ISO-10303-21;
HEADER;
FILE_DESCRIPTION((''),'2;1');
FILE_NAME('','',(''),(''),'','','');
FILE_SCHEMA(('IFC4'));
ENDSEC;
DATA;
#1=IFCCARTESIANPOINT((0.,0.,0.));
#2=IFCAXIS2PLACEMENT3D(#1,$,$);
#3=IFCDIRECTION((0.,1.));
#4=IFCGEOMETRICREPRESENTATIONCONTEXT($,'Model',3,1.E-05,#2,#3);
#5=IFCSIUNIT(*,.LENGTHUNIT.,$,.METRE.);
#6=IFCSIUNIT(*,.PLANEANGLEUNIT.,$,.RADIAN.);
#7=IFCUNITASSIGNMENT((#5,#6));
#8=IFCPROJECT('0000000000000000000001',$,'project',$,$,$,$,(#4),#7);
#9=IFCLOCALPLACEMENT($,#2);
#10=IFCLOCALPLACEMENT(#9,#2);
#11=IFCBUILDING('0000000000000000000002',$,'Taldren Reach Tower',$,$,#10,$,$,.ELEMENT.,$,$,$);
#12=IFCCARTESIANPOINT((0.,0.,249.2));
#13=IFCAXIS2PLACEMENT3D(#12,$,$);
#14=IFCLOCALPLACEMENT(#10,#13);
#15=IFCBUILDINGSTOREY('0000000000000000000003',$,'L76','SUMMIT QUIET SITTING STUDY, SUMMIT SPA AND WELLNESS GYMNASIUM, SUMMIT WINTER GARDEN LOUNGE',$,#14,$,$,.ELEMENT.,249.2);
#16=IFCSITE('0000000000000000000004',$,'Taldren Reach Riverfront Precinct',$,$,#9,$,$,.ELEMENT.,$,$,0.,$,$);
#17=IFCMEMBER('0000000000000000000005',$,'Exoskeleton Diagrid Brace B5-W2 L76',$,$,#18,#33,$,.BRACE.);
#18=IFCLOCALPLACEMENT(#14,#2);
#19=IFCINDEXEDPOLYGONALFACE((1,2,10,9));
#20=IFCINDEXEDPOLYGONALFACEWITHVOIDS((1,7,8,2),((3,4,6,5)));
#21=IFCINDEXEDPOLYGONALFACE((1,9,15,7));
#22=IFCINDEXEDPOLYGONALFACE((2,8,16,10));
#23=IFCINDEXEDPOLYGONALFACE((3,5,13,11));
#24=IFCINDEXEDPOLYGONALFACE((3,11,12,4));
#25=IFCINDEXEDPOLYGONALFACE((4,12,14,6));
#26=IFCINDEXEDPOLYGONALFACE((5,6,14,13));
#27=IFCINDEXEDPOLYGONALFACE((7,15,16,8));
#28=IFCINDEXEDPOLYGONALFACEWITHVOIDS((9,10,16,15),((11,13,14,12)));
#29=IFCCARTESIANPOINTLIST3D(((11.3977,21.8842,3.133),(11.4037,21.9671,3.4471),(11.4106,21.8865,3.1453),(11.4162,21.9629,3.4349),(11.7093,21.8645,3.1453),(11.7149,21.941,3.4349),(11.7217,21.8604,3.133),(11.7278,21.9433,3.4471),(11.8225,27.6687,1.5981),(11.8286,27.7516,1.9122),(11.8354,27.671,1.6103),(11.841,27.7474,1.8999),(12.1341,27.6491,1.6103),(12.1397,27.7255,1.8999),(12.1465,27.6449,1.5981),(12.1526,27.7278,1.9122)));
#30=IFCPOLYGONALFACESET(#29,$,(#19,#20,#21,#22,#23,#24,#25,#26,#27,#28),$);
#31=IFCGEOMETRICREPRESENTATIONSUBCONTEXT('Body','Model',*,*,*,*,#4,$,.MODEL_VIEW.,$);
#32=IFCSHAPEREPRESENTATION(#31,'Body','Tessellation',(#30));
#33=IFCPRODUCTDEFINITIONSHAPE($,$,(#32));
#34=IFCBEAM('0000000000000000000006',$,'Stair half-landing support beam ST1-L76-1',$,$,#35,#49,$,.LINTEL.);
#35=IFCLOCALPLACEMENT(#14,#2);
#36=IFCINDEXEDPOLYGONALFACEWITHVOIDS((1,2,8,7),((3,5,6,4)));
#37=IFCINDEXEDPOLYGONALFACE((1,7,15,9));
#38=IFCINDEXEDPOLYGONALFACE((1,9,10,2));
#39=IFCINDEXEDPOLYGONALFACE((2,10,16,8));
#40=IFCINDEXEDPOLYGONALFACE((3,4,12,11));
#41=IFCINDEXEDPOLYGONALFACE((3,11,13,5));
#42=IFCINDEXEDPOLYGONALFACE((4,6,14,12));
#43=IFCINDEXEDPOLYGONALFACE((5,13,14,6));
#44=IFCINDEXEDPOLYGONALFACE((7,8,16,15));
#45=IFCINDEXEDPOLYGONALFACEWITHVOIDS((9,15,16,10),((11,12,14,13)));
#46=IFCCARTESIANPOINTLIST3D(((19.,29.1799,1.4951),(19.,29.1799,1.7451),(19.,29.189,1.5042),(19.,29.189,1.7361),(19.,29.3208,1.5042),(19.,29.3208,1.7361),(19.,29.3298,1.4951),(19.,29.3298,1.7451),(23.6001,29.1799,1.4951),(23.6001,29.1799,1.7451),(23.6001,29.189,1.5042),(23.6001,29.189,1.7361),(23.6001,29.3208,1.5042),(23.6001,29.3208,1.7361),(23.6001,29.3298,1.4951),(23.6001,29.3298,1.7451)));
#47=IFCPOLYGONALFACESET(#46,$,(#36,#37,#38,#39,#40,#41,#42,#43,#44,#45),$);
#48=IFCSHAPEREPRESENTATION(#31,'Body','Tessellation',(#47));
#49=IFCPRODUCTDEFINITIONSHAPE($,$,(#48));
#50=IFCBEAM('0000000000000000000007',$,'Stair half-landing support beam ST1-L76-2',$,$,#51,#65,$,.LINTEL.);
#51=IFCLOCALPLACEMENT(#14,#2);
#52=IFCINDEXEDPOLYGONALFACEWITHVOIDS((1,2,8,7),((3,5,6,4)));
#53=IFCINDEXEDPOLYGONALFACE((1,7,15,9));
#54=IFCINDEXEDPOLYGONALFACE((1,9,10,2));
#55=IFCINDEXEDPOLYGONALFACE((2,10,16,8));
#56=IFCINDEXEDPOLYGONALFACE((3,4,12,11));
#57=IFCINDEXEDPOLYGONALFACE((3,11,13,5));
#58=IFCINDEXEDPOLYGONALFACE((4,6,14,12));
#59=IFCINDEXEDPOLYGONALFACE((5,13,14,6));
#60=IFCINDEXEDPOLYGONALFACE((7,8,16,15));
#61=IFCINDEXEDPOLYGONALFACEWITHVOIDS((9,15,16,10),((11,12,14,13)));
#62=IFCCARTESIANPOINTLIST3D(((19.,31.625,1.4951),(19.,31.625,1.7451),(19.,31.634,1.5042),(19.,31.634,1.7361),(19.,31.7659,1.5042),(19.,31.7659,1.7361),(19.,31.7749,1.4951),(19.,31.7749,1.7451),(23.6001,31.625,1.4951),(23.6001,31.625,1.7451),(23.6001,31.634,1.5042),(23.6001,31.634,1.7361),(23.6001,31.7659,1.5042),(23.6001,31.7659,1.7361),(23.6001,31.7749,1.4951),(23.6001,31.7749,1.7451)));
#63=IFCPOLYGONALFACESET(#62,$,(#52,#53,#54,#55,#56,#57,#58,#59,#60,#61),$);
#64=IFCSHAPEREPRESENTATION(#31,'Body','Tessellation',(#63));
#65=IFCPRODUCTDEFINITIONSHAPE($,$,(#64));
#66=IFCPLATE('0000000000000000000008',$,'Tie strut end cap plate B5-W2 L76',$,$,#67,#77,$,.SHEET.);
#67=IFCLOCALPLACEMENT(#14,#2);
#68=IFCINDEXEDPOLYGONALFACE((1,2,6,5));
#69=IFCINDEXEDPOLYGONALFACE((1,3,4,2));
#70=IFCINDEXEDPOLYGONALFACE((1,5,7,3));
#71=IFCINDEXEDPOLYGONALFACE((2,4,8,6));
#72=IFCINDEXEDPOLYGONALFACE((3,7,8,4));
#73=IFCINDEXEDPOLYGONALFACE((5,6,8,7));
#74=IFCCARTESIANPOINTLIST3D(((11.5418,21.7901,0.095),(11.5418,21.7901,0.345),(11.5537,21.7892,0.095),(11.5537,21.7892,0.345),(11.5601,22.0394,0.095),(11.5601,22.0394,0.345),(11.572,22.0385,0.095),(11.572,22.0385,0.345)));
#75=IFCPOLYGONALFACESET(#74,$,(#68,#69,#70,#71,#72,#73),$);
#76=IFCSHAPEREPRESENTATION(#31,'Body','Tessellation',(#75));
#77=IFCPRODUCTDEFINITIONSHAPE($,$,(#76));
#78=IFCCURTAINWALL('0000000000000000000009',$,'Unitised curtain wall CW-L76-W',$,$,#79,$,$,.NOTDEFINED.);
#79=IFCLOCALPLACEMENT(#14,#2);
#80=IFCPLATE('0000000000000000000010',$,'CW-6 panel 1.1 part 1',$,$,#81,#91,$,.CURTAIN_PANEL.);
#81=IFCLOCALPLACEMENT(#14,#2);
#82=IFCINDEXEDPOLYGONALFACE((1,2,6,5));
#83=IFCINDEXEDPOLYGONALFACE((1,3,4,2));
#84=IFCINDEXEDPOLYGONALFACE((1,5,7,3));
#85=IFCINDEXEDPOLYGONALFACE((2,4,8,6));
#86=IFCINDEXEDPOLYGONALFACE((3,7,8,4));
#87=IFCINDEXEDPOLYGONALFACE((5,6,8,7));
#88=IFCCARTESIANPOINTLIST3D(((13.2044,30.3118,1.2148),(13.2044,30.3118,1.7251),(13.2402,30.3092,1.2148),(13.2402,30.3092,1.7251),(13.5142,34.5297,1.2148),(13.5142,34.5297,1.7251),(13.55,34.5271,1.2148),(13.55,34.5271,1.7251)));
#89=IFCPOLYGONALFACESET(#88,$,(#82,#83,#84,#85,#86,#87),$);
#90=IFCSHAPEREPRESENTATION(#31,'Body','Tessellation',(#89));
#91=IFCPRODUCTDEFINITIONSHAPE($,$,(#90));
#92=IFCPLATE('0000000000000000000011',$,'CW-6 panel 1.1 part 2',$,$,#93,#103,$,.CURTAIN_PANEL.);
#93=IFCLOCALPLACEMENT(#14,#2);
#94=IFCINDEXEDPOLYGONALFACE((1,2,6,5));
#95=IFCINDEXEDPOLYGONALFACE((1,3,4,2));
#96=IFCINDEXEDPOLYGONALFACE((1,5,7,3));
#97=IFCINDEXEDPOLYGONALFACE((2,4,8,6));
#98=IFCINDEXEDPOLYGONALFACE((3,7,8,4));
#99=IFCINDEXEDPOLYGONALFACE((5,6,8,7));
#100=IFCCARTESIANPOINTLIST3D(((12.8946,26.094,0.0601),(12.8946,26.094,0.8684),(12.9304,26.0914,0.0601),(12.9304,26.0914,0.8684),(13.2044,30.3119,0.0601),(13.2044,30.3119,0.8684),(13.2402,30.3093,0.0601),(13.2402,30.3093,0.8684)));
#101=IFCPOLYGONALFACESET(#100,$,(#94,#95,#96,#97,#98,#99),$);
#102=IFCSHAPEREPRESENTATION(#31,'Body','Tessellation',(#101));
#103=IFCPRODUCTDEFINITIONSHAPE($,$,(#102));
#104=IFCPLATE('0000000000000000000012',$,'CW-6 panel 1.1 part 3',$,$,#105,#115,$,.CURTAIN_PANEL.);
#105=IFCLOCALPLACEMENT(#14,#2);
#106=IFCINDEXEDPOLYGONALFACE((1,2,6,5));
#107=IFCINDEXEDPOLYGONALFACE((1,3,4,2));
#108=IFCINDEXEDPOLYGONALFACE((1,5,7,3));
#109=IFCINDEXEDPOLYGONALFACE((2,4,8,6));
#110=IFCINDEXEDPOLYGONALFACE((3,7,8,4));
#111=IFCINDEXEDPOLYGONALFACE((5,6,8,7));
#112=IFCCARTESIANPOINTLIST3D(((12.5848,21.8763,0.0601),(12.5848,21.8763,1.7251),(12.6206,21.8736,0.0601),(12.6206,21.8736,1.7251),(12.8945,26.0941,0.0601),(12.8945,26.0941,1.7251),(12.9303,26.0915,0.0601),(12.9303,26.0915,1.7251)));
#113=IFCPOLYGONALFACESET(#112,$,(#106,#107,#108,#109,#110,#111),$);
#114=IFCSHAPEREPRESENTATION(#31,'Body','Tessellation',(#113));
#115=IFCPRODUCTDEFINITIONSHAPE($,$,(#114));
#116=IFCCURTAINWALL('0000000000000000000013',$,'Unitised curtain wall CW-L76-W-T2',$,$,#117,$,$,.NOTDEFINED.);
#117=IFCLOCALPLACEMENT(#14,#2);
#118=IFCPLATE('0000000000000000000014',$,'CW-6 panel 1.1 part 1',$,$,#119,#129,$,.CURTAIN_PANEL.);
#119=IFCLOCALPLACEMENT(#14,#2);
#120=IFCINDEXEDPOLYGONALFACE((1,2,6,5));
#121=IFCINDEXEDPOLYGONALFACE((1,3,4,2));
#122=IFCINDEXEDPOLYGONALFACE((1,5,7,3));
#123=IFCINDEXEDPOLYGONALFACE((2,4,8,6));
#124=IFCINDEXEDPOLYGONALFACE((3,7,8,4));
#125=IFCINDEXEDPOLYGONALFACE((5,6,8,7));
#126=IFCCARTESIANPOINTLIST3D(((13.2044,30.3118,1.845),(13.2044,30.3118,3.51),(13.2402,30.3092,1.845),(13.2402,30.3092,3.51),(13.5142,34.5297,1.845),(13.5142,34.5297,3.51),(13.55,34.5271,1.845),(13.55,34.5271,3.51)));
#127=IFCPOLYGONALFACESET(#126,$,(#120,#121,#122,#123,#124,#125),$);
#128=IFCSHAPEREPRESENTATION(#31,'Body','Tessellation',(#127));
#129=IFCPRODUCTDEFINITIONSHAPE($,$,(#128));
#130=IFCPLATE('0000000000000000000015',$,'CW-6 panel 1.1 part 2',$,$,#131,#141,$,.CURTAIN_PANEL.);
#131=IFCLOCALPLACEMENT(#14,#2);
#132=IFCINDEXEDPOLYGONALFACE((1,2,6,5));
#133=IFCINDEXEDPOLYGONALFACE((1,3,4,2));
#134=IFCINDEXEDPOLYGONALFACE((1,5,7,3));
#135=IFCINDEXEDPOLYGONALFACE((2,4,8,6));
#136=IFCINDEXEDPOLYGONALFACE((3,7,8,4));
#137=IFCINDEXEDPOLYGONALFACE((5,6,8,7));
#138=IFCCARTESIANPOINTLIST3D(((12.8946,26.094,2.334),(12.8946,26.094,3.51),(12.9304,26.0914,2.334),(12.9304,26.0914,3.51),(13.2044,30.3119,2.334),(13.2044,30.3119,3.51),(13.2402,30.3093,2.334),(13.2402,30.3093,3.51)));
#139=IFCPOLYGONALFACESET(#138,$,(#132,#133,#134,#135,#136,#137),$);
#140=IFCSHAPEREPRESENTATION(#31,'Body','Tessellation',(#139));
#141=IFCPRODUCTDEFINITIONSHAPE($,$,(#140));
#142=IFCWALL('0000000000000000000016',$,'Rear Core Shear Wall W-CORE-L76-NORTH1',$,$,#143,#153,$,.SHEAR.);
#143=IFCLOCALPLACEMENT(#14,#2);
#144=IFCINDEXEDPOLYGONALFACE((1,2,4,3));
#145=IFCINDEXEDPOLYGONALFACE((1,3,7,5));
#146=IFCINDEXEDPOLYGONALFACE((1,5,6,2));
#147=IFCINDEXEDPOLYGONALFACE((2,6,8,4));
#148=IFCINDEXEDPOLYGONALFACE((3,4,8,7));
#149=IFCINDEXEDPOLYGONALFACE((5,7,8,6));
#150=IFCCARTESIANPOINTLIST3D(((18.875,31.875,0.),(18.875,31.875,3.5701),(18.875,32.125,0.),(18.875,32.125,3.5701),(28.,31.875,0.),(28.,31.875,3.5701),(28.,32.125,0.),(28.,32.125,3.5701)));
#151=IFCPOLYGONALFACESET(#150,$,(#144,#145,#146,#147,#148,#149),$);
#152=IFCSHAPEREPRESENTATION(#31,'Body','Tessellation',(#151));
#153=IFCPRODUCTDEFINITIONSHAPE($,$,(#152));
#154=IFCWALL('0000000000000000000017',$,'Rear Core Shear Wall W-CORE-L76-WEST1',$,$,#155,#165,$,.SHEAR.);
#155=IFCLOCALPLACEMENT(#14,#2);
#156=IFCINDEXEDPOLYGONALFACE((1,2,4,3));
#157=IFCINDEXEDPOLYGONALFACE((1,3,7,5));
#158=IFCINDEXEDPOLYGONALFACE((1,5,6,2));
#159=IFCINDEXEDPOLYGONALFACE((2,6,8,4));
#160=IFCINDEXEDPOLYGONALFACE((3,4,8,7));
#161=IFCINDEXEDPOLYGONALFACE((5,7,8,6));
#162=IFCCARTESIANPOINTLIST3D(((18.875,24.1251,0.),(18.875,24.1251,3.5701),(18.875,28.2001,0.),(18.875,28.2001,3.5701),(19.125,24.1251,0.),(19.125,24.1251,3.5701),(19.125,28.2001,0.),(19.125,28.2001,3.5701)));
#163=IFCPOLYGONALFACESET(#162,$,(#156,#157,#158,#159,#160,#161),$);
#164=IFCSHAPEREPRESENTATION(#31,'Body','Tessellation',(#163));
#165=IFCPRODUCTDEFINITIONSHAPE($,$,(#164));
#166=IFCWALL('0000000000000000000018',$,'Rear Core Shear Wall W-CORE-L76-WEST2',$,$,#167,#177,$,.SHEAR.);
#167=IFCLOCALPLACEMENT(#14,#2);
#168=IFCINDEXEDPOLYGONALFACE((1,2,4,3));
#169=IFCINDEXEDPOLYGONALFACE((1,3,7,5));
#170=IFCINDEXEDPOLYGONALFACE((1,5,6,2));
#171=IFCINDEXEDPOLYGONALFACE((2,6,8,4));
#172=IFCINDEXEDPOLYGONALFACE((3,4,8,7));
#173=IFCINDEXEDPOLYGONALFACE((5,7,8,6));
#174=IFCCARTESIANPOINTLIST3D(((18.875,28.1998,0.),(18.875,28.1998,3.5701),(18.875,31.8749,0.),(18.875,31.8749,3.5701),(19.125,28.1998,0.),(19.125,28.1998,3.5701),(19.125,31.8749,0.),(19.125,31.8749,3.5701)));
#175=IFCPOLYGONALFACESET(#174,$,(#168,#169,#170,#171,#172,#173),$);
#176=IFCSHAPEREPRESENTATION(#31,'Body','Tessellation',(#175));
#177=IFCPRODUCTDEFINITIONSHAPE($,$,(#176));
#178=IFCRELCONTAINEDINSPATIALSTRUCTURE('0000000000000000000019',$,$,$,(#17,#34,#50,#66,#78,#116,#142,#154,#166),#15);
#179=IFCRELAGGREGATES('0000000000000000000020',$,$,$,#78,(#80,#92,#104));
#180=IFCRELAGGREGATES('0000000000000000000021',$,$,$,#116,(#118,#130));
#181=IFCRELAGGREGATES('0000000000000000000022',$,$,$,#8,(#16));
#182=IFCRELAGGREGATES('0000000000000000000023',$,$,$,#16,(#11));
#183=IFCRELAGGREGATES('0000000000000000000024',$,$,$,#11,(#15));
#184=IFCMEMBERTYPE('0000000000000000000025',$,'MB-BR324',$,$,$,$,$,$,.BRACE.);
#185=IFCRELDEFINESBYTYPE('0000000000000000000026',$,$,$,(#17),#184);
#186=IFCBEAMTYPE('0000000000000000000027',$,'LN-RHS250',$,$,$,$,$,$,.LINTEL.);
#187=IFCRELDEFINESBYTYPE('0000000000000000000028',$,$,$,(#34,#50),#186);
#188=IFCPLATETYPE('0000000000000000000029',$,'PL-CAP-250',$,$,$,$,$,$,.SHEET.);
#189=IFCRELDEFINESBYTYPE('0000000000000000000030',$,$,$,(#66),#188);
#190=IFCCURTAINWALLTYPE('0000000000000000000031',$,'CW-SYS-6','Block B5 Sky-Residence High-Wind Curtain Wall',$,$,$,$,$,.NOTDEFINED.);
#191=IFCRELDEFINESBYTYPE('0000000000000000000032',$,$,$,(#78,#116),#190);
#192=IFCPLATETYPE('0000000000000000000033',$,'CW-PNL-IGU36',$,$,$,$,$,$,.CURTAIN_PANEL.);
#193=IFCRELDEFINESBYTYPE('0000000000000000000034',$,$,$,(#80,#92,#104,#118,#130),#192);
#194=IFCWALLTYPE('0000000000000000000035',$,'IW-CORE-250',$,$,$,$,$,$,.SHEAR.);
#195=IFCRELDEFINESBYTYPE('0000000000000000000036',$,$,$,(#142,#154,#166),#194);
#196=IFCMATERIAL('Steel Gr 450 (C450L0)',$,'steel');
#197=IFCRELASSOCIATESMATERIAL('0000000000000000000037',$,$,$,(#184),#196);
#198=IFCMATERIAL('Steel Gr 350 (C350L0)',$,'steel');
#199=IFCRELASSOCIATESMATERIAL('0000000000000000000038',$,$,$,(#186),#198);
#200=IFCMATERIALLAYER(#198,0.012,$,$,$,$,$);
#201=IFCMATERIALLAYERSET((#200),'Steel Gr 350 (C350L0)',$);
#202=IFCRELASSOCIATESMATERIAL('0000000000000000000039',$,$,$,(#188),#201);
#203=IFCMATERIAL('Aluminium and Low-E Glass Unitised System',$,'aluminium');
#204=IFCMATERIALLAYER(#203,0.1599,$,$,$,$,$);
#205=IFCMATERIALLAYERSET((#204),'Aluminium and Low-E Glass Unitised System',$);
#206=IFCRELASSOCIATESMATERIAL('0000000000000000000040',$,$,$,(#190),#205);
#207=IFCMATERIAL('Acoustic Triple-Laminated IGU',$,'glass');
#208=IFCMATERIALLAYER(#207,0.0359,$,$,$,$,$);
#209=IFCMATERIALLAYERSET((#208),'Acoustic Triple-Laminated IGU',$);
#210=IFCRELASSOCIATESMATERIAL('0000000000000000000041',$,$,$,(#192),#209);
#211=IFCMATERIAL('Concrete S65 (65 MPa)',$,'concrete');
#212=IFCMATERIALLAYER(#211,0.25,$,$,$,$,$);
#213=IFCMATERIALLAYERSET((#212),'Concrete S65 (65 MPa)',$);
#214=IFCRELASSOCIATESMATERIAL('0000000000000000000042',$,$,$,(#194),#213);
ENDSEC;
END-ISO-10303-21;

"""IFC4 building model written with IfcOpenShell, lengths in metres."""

from ifc_helpers import new_model, si_unit, direction, frame, frame_2d, origin, origin_2d, place, context, subcontext, project, spatial, rectangle, hollow_rectangle, extrude, source, transform, mapped, material, layer, layer_set, material_profile, profile_set, type_object, element, aggregate, save


model = new_model("IFC4")

# Units and contexts
model_context = context("Model", 3, precision=1e-05, world=origin(), true_north=direction((0.0, 1.0)))
body_context = subcontext(model_context, "Body", "Model", "MODEL_VIEW")
ifc_project = project(units=[si_unit("LENGTHUNIT", "METRE"), si_unit("PLANEANGLEUNIT", "RADIAN")], contexts=[model_context])

# Site, building, storey
site_placement = place(None, origin())
site = spatial("IfcSite", under=ifc_project, at=site_placement, Name="Taldren Reach Riverfront Precinct", CompositionType="ELEMENT", RefElevation=0.0)
building_placement = place(site_placement, origin())
building = spatial("IfcBuilding", under=site, at=building_placement, Name="Taldren Reach Tower", CompositionType="ELEMENT")
storey_placement = place(building_placement, frame((0.0, 0.0, 249.2)))
storey = spatial("IfcBuildingStorey", under=building, at=storey_placement, Name="L76", Description="SUMMIT QUIET SITTING STUDY, SUMMIT SPA AND WELLNESS GYMNASIUM, SUMMIT WINTER GARDEN LOUNGE", CompositionType="ELEMENT", Elevation=249.2)

# Shared definitions
ifc_material_1 = material(Name="Steel Gr 450 (C450L0)", Category="steel")

# Member
ifc_material_profile_1 = material_profile(ifc_material_1, hollow_rectangle(XDim=0.325, YDim=0.325, WallThickness=0.0127, at=origin_2d()), Name="325x325x12.7SHS")
ifc_profile_set_1 = profile_set([ifc_material_profile_1], Name="Steel Gr 450 (C450L0)")
member_type = type_object("IfcMemberType", Name="MB-BR324", PredefinedType="BRACE", material=ifc_profile_set_1)
shared_shape_1 = source(origin(), body_context, "Body", "SweptSolid", [
    extrude(hollow_rectangle(XDim=0.325, YDim=0.325, WallThickness=0.0127, at=origin_2d()), origin(), (0.0, 0.0, 1.0), 5.9998),
])
member_placement = place(storey_placement, frame((11.9875, 27.6982, 1.7551), z_axis=(-0.070805, -0.964125, 0.255833), x_axis=(0.997314, -0.073242, 0.0)))
element("IfcMember", 1, at=member_placement, inside=storey, type_object=member_type, Name="Exoskeleton Diagrid Brace B5-W2 L76", PredefinedType="BRACE", context=body_context, shape_type="MappedRepresentation", body=[
    mapped(shared_shape_1, transform((0.0, 0.0, 0.0), scale=1.0)),
])

# Beams
ifc_material_2 = material(Name="Steel Gr 350 (C350L0)", Category="steel")
ifc_material_profile_2 = material_profile(ifc_material_2, hollow_rectangle(XDim=0.1499, YDim=0.25, WallThickness=0.009, at=origin_2d()), Name="250x150x9.0RHS")
ifc_profile_set_2 = profile_set([ifc_material_profile_2], Name="Steel Gr 350 (C350L0)")
beam_type_1 = type_object("IfcBeamType", Name="LN-RHS250", PredefinedType="LINTEL", material=ifc_profile_set_2)
shared_shape_2 = source(origin(), body_context, "Body", "SweptSolid", [
    extrude(hollow_rectangle(XDim=0.1499, YDim=0.25, WallThickness=0.009, at=origin_2d()), origin(), (0.0, 0.0, 1.0), 4.6001),
])
for number, where, z_axis, x_axis, name in (
    (2, (19.0, 29.2549, 1.6201), (1.0, 0.0, 0.0), (0.0, 1.0, 0.0), "Stair half-landing support beam ST1-L76-1"),
    (3, (19.0, 31.7, 1.6201), (1.0, 0.0, 0.0), (0.0, 1.0, 0.0), "Stair half-landing support beam ST1-L76-2"),
):
    element("IfcBeam", number, at=place(storey_placement, frame(where, z_axis=z_axis, x_axis=x_axis)), inside=storey, type_object=beam_type_1, Name=name, PredefinedType="LINTEL", context=body_context, shape_type="MappedRepresentation", body=[
        mapped(shared_shape_2, transform((0.0, 0.0, 0.0), scale=1.0)),
    ])

# Plate
ifc_layer_1 = layer(ifc_material_2, 0.012)
ifc_layer_set_1 = layer_set([ifc_layer_1], Name="Steel Gr 350 (C350L0)")
plate_type_1 = type_object("IfcPlateType", Name="PL-CAP-250", PredefinedType="SHEET", material=ifc_layer_set_1)
shared_shape_3 = source(origin(), body_context, "Body", "SweptSolid", [
    extrude(rectangle(XDim=0.012, YDim=0.25, at=origin_2d()), origin(), (0.0, 0.0, 1.0), 0.25),
])
plate_1_placement = place(storey_placement, frame((11.5569, 21.9143, 0.095), z_axis=(0.0, 0.0, 1.0), x_axis=(0.997314, -0.073238, 0.0)))
element("IfcPlate", 4, at=plate_1_placement, inside=storey, type_object=plate_type_1, Name="Tie strut end cap plate B5-W2 L76", PredefinedType="SHEET", context=body_context, shape_type="MappedRepresentation", body=[
    mapped(shared_shape_3, transform((0.0, 0.0, 0.0), scale=1.0)),
])

# Curtain walls, plates
ifc_material_3 = material(Name="Aluminium and Low-E Glass Unitised System", Category="aluminium")
ifc_layer_2 = layer(ifc_material_3, 0.1599)
ifc_layer_set_2 = layer_set([ifc_layer_2], Name="Aluminium and Low-E Glass Unitised System")
curtain_wall_type = type_object("IfcCurtainWallType", Name="CW-SYS-6", Description="Block B5 Sky-Residence High-Wind Curtain Wall", PredefinedType="NOTDEFINED", material=ifc_layer_set_2)
curtain_wall_1_placement = place(storey_placement, origin())
curtain_wall_1 = element("IfcCurtainWall", 5, at=curtain_wall_1_placement, inside=storey, type_object=curtain_wall_type, Name="Unitised curtain wall CW-L76-W", PredefinedType="NOTDEFINED")
ifc_material_4 = material(Name="Acoustic Triple-Laminated IGU", Category="glass")
ifc_layer_3 = layer(ifc_material_4, 0.0359)
ifc_layer_set_3 = layer_set([ifc_layer_3], Name="Acoustic Triple-Laminated IGU")
plate_type_2 = type_object("IfcPlateType", Name="CW-PNL-IGU36", PredefinedType="CURTAIN_PANEL", material=ifc_layer_set_3)
shared_shape_4 = source(origin(), body_context, "Body", "SweptSolid", [
    extrude(rectangle(XDim=4.2292, YDim=0.0359, at=origin_2d()), origin(), (0.0, 0.0, 1.0), 0.5103),
])
plate_2_placement = place(storey_placement, frame((13.3772, 32.4194, 1.2148), z_axis=(0.0, 0.0, 1.0), x_axis=(-0.073238, -0.997314, 0.0)))
plate_2 = element("IfcPlate", 6, at=plate_2_placement, type_object=plate_type_2, Name="CW-6 panel 1.1 part 1", PredefinedType="CURTAIN_PANEL", context=body_context, shape_type="MappedRepresentation", body=[
    mapped(shared_shape_4, transform((0.0, 0.0, 0.0), scale=1.0)),
])
shared_shape_5 = source(origin(), body_context, "Body", "SweptSolid", [
    extrude(rectangle(XDim=4.2292, YDim=0.0359, at=origin_2d()), origin(), (0.0, 0.0, 1.0), 0.8083),
])
plate_3_placement = place(storey_placement, frame((13.0674, 28.2017, 0.0601), z_axis=(0.0, 0.0, 1.0), x_axis=(-0.073238, -0.997314, 0.0)))
plate_3 = element("IfcPlate", 7, at=plate_3_placement, type_object=plate_type_2, Name="CW-6 panel 1.1 part 2", PredefinedType="CURTAIN_PANEL", context=body_context, shape_type="MappedRepresentation", body=[
    mapped(shared_shape_5, transform((0.0, 0.0, 0.0), scale=1.0)),
])
shared_shape_6 = source(origin(), body_context, "Body", "SweptSolid", [
    extrude(rectangle(XDim=4.2292, YDim=0.0359, at=origin_2d()), origin(), (0.0, 0.0, 1.0), 1.665),
])
plate_4_placement = place(storey_placement, frame((12.7576, 23.9839, 0.0601), z_axis=(0.0, 0.0, 1.0), x_axis=(-0.073238, -0.997314, 0.0)))
plate_4 = element("IfcPlate", 8, at=plate_4_placement, type_object=plate_type_2, Name="CW-6 panel 1.1 part 3", PredefinedType="CURTAIN_PANEL", context=body_context, shape_type="MappedRepresentation", body=[
    mapped(shared_shape_6, transform((0.0, 0.0, 0.0), scale=1.0)),
])
aggregate(curtain_wall_1, [plate_2, plate_3, plate_4])
curtain_wall_2_placement = place(storey_placement, origin())
curtain_wall_2 = element("IfcCurtainWall", 9, at=curtain_wall_2_placement, inside=storey, type_object=curtain_wall_type, Name="Unitised curtain wall CW-L76-W-T2", PredefinedType="NOTDEFINED")
plate_5_placement = place(storey_placement, frame((13.3772, 32.4194, 1.845), z_axis=(0.0, 0.0, 1.0), x_axis=(-0.073238, -0.997314, 0.0)))
plate_5 = element("IfcPlate", 10, at=plate_5_placement, type_object=plate_type_2, Name="CW-6 panel 1.1 part 1", PredefinedType="CURTAIN_PANEL", context=body_context, shape_type="MappedRepresentation", body=[
    mapped(shared_shape_6, transform((0.0, 0.0, 0.0), scale=1.0)),
])
shared_shape_7 = source(origin(), body_context, "Body", "SweptSolid", [
    extrude(rectangle(XDim=4.2292, YDim=0.0359, at=origin_2d()), origin(), (0.0, 0.0, 1.0), 1.176),
])
plate_6_placement = place(storey_placement, frame((13.0674, 28.2017, 2.334), z_axis=(0.0, 0.0, 1.0), x_axis=(-0.073238, -0.997314, 0.0)))
plate_6 = element("IfcPlate", 11, at=plate_6_placement, type_object=plate_type_2, Name="CW-6 panel 1.1 part 2", PredefinedType="CURTAIN_PANEL", context=body_context, shape_type="MappedRepresentation", body=[
    mapped(shared_shape_7, transform((0.0, 0.0, 0.0), scale=1.0)),
])
aggregate(curtain_wall_2, [plate_5, plate_6])

# Walls
ifc_material_5 = material(Name="Concrete S65 (65 MPa)", Category="concrete")
ifc_layer_4 = layer(ifc_material_5, 0.25)
ifc_layer_set_4 = layer_set([ifc_layer_4], Name="Concrete S65 (65 MPa)")
wall_type_1 = type_object("IfcWallType", Name="IW-CORE-250", PredefinedType="SHEAR", material=ifc_layer_set_4)
shared_shape_8 = source(origin(), body_context, "Body", "SweptSolid", [
    extrude(rectangle(XDim=9.125, YDim=0.25, at=frame_2d((4.5625, 0.0))), origin(), (0.0, 0.0, 1.0), 3.5701),
])
wall_1_placement = place(storey_placement, frame((18.875, 32.0, 0.0), z_axis=(0.0, 0.0, 1.0), x_axis=(1.0, 0.0, 0.0)))
element("IfcWall", 12, at=wall_1_placement, inside=storey, type_object=wall_type_1, Name="Rear Core Shear Wall W-CORE-L76-NORTH1", PredefinedType="SHEAR", context=body_context, shape_type="MappedRepresentation", body=[
    mapped(shared_shape_8, transform((0.0, 0.0, 0.0), scale=1.0)),
])
shared_shape_9 = source(origin(), body_context, "Body", "SweptSolid", [
    extrude(rectangle(XDim=4.075, YDim=0.25, at=frame_2d((2.0376, 0.0))), origin(), (0.0, 0.0, 1.0), 3.5701),
])
wall_2_placement = place(storey_placement, frame((19.0, 24.125, 0.0), z_axis=(0.0, 0.0, 1.0), x_axis=(0.0, 1.0, 0.0)))
element("IfcWall", 13, at=wall_2_placement, inside=storey, type_object=wall_type_1, Name="Rear Core Shear Wall W-CORE-L76-WEST1", PredefinedType="SHEAR", context=body_context, shape_type="MappedRepresentation", body=[
    mapped(shared_shape_9, transform((0.0, 0.0, 0.0), scale=1.0)),
])
shared_shape_10 = source(origin(), body_context, "Body", "SweptSolid", [
    extrude(rectangle(XDim=3.675, YDim=0.25, at=frame_2d((1.8374, 0.0))), origin(), (0.0, 0.0, 1.0), 3.5701),
])
wall_3_placement = place(storey_placement, frame((19.0, 28.2, 0.0), z_axis=(0.0, 0.0, 1.0), x_axis=(0.0, 1.0, 0.0)))
element("IfcWall", 14, at=wall_3_placement, inside=storey, type_object=wall_type_1, Name="Rear Core Shear Wall W-CORE-L76-WEST2", PredefinedType="SHEAR", context=body_context, shape_type="MappedRepresentation", body=[
    mapped(shared_shape_10, transform((0.0, 0.0, 0.0), scale=1.0)),
])

save(model, "model.ifc")
